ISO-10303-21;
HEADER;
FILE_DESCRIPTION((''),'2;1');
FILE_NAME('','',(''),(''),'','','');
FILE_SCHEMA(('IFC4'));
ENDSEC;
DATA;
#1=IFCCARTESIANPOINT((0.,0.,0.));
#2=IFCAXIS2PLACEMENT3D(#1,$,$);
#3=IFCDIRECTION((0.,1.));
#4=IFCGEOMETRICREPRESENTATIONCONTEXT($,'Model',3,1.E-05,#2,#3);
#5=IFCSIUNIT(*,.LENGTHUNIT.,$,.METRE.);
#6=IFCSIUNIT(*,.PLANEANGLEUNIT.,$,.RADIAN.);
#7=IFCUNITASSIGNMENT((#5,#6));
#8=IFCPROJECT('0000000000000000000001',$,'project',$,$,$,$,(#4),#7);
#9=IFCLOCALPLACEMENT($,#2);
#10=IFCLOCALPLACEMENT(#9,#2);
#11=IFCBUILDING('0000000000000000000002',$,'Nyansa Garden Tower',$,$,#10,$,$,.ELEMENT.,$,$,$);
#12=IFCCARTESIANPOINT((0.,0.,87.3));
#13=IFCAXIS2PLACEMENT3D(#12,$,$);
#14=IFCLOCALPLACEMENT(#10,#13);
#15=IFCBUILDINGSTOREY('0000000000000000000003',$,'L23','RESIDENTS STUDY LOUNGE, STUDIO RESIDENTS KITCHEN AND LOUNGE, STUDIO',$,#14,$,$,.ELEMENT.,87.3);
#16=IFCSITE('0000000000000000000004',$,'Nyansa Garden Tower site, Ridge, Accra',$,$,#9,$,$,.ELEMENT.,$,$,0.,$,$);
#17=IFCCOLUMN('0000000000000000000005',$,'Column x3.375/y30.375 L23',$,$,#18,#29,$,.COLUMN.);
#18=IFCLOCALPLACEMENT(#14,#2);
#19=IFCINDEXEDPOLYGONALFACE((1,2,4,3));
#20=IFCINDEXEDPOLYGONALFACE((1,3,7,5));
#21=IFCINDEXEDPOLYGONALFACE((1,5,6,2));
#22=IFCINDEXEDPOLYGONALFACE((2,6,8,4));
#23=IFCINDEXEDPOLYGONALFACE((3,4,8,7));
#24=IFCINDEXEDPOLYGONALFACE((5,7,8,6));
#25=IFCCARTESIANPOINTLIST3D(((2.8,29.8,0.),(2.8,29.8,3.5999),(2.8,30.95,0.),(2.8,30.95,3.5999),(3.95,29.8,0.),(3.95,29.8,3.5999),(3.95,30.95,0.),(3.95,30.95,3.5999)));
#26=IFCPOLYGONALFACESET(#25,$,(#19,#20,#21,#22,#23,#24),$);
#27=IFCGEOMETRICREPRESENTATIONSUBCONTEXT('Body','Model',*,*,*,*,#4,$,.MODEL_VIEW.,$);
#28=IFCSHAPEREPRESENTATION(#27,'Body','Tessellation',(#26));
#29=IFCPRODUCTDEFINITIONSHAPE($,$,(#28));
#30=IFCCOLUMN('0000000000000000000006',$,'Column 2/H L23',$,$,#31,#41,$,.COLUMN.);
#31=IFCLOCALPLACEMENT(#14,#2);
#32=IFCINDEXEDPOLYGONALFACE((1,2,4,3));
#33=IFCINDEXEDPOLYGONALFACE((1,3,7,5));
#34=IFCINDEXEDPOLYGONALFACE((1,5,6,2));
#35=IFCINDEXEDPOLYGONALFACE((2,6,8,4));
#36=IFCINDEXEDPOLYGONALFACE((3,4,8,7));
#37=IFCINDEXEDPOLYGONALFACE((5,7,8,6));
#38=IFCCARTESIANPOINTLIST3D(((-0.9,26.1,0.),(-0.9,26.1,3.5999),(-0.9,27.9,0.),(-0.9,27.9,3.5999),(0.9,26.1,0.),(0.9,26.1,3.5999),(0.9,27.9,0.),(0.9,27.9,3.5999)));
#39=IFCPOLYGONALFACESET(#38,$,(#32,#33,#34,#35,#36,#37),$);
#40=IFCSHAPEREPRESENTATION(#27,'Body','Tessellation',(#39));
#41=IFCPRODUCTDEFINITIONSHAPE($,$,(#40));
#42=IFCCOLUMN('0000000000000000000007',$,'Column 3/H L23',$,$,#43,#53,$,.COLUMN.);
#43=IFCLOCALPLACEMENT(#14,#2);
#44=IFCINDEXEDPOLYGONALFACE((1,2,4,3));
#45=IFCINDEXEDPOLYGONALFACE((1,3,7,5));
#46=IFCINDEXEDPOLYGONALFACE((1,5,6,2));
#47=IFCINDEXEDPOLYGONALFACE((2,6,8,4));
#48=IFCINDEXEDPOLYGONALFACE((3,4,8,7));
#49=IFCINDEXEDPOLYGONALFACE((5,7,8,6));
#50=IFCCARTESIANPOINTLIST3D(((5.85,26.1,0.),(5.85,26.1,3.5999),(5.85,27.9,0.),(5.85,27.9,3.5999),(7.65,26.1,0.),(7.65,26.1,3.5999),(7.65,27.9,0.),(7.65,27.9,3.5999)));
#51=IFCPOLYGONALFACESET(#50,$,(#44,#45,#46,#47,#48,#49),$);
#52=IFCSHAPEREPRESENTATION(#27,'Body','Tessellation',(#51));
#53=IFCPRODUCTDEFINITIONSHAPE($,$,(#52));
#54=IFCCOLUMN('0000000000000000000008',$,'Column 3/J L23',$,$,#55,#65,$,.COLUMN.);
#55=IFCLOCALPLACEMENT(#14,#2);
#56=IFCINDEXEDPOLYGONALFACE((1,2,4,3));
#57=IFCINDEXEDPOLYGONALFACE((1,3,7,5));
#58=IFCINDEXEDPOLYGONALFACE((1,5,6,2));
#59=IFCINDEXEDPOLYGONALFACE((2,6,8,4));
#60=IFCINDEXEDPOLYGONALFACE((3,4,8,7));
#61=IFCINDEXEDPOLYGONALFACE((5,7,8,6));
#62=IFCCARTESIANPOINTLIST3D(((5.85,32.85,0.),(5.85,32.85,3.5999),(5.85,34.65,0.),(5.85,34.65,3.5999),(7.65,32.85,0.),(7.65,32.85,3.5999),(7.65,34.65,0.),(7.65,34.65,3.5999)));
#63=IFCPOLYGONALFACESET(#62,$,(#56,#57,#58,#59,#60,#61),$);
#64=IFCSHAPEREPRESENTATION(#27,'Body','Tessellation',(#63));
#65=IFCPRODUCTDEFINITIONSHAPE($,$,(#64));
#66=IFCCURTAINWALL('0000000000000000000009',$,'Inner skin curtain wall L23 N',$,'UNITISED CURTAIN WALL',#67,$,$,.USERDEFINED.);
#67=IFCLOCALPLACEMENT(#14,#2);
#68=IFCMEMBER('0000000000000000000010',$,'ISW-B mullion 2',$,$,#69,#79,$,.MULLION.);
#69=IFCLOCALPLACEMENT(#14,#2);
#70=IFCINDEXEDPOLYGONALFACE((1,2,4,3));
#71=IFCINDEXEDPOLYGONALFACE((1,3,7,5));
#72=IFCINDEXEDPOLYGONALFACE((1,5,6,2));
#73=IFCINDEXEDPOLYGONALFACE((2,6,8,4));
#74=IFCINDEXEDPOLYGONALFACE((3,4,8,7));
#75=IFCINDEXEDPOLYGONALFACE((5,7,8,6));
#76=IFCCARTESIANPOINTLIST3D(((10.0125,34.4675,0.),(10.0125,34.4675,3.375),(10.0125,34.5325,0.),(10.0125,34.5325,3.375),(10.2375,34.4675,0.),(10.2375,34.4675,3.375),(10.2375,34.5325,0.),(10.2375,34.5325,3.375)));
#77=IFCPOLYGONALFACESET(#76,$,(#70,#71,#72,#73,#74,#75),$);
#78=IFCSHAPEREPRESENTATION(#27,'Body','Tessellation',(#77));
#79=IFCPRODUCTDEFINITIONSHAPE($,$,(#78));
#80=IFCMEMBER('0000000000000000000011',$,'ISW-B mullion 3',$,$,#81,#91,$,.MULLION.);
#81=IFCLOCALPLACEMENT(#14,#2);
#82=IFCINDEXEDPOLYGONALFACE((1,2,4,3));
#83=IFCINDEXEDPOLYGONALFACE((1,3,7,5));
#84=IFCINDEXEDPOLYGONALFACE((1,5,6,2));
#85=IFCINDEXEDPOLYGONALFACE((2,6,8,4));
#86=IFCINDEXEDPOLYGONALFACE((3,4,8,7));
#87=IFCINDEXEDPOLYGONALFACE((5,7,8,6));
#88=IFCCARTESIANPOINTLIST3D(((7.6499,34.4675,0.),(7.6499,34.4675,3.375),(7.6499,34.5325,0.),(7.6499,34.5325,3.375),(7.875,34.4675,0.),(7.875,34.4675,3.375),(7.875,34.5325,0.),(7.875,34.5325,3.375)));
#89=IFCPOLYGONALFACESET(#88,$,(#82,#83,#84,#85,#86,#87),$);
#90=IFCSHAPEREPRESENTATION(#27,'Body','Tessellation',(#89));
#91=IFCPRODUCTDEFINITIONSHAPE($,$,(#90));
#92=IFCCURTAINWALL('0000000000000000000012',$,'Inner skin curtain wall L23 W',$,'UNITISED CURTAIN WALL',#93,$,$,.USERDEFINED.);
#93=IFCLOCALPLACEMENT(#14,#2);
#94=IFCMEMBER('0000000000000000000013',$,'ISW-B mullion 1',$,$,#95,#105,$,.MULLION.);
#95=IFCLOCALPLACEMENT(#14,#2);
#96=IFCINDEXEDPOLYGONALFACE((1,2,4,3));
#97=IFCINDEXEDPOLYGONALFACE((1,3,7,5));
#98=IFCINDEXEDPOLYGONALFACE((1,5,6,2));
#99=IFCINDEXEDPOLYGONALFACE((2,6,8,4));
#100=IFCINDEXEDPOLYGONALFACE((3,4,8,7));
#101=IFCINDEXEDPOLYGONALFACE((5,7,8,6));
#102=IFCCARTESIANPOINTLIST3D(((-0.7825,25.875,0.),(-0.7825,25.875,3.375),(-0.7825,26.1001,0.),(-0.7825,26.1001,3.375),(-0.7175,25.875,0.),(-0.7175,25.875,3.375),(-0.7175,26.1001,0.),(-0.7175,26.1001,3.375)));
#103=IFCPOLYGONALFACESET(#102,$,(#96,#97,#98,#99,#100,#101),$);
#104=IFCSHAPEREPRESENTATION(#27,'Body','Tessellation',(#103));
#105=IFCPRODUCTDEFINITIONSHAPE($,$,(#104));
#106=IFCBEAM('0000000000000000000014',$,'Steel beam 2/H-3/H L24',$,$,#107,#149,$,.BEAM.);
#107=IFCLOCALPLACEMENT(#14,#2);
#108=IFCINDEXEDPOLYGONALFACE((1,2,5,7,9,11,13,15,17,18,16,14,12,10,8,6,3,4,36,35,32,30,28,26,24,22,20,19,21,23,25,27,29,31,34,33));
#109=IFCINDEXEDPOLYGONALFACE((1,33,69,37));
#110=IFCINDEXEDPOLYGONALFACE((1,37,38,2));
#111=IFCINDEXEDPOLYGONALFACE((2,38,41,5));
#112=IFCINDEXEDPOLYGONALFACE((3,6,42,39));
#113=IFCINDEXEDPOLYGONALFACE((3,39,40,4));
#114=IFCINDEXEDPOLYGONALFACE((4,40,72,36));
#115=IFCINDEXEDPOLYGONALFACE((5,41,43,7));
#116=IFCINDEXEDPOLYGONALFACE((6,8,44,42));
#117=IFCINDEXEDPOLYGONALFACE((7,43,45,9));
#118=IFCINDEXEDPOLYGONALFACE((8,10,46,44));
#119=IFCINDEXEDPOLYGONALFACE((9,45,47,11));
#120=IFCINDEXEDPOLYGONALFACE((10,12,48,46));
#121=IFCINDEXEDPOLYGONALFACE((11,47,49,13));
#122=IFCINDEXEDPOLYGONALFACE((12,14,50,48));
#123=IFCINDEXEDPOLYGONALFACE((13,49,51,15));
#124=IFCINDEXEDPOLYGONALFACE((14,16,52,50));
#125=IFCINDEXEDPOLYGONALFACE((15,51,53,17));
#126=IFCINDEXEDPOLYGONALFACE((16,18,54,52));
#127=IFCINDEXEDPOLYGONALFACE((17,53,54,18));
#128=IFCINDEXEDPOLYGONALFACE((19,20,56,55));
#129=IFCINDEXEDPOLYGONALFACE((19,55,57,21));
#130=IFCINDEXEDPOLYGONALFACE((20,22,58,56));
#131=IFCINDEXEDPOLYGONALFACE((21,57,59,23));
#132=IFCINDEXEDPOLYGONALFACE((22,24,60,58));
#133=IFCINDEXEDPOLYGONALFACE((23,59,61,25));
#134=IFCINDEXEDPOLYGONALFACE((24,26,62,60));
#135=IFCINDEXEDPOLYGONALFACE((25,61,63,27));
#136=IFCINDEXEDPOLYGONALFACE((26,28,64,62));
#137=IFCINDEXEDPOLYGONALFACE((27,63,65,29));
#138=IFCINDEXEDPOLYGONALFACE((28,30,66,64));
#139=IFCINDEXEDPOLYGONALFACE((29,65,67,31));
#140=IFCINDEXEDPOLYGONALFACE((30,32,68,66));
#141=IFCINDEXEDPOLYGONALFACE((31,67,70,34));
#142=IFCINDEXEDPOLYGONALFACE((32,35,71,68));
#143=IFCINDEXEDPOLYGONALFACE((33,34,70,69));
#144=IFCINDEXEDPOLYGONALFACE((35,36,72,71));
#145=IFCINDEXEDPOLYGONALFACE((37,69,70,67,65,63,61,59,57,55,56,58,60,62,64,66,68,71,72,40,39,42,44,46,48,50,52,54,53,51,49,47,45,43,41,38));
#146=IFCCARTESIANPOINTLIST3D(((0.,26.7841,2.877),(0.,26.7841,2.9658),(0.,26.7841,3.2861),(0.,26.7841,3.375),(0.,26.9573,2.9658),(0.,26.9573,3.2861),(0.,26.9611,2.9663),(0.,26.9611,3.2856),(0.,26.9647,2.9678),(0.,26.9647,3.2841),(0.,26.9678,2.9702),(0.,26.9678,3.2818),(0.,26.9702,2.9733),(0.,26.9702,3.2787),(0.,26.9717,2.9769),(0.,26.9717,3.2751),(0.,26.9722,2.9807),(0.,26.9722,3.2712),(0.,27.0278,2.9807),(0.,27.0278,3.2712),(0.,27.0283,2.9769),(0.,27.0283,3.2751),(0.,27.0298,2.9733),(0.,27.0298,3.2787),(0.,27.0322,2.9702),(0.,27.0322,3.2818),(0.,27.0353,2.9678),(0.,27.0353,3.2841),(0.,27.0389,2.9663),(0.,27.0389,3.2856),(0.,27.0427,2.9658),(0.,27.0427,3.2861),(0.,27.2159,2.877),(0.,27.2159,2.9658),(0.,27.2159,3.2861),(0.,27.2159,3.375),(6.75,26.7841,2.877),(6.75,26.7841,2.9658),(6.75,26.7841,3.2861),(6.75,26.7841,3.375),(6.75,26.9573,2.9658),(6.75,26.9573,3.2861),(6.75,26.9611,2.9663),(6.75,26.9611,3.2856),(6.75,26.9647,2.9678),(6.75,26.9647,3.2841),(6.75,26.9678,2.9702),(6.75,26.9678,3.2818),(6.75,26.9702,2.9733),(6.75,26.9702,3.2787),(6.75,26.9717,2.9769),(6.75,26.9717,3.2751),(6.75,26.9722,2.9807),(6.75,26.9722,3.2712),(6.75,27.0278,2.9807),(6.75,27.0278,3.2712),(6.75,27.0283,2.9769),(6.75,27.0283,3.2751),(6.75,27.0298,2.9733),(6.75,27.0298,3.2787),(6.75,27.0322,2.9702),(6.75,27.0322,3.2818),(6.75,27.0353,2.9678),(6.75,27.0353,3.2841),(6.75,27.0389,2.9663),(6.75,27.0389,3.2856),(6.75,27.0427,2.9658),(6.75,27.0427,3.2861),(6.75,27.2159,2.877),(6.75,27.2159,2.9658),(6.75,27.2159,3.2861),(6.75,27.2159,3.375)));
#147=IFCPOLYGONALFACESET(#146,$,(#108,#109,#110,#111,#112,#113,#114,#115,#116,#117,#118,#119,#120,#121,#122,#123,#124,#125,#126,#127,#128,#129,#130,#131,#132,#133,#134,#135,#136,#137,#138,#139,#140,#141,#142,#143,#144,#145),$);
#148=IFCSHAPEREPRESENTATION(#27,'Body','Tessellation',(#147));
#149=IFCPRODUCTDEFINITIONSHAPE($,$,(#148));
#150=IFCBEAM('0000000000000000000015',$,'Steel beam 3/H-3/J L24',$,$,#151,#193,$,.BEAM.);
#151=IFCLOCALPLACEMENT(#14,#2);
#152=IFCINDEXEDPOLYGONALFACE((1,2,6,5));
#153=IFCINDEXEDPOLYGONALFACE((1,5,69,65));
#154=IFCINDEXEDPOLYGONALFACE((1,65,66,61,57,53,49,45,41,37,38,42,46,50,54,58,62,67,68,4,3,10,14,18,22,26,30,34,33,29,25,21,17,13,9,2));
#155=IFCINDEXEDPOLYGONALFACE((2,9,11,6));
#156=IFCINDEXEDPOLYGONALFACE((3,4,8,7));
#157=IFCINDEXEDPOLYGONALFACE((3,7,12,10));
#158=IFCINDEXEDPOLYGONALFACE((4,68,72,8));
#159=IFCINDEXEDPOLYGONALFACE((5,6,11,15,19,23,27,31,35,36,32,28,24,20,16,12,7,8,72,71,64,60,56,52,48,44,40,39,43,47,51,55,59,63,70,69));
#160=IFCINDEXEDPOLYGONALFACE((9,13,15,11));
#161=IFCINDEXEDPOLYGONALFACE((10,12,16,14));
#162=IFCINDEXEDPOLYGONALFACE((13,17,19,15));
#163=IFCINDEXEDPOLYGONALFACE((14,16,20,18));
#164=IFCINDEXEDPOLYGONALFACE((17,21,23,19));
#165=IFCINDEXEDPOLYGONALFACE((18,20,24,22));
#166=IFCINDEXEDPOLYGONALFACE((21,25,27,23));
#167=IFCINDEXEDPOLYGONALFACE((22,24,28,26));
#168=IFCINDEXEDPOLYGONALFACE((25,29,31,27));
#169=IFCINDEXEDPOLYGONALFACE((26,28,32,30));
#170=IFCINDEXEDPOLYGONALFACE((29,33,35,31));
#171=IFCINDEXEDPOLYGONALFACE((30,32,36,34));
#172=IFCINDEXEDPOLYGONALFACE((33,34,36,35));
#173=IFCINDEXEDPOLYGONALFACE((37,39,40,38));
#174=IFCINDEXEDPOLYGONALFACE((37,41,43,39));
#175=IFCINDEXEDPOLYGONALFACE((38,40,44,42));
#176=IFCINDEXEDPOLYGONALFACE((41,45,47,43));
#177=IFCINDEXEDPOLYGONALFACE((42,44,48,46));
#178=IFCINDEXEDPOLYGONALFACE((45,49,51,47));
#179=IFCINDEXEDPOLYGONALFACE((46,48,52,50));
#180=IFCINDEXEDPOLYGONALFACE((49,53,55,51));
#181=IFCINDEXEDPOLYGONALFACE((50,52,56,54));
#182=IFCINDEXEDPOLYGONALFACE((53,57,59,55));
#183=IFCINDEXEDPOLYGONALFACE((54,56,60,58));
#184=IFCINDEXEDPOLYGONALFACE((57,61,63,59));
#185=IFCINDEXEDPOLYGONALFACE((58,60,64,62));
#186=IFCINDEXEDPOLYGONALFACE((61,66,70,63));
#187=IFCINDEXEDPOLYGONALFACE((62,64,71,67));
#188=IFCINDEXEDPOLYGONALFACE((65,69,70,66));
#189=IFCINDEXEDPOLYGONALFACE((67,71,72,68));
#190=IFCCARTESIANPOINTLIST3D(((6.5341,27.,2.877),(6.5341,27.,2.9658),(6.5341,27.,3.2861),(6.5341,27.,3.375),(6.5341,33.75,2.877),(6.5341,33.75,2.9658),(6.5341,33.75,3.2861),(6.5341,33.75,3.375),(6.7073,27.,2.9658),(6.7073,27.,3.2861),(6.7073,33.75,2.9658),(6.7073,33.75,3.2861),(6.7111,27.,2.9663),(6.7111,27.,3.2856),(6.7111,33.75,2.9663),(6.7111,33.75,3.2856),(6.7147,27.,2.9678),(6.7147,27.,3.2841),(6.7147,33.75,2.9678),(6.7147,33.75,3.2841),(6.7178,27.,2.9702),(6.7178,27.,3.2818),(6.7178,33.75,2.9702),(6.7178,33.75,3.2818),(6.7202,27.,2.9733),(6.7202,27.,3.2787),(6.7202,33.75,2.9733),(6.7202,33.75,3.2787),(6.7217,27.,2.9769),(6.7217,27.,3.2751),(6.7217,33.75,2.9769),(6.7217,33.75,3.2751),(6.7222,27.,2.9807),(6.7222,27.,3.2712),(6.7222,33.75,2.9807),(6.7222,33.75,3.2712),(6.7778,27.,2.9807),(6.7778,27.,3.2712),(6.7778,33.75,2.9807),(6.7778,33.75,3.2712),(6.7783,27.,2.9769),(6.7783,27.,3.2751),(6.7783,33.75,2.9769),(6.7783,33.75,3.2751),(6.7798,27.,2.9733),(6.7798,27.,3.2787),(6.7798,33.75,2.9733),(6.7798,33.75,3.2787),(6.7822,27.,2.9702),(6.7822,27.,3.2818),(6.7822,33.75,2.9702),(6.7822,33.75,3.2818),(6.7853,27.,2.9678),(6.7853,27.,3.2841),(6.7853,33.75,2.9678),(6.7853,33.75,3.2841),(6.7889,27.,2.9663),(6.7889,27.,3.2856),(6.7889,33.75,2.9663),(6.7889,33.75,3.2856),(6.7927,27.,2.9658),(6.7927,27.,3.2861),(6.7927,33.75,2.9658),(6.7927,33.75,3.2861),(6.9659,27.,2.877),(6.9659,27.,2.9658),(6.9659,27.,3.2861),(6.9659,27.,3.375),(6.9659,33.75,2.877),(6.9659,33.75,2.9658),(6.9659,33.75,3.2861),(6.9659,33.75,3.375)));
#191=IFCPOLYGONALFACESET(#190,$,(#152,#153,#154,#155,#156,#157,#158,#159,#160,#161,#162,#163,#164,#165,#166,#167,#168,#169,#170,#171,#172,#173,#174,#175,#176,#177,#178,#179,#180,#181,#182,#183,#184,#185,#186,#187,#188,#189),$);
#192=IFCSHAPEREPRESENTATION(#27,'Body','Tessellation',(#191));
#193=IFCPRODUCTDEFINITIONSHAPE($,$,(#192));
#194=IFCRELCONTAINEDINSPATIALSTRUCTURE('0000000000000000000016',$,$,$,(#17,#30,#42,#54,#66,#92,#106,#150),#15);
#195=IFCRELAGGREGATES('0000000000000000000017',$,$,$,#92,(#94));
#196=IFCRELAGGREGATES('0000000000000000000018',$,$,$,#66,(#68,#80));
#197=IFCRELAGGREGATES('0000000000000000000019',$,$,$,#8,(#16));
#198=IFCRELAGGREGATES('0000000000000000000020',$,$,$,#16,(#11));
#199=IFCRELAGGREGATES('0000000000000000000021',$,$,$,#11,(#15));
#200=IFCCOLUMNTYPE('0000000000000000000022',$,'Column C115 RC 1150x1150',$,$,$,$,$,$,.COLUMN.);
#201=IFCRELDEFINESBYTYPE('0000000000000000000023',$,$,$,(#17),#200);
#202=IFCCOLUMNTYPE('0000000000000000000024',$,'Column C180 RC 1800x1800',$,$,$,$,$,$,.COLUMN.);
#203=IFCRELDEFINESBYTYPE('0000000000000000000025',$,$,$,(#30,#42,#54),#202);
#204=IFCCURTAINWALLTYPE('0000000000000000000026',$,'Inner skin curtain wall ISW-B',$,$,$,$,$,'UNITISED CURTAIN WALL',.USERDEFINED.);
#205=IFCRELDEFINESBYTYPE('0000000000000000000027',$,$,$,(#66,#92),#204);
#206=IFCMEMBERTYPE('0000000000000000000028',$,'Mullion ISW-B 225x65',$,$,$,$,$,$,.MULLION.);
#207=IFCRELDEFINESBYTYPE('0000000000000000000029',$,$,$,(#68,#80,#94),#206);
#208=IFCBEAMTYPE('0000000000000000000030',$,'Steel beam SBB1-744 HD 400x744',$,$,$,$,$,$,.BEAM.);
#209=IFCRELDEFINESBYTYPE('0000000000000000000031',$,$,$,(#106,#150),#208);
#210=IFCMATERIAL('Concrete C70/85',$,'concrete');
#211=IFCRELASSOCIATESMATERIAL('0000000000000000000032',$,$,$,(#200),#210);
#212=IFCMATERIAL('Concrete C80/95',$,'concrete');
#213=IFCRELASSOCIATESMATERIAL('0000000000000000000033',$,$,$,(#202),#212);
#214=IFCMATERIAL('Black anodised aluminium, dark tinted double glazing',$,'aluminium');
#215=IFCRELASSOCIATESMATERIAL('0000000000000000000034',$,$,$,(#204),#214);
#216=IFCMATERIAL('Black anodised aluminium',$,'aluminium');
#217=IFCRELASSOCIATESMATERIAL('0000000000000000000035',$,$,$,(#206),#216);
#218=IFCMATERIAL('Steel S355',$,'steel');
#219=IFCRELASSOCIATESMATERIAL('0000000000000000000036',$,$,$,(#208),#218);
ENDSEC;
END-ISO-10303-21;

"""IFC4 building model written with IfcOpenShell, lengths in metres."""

from ifc_helpers import new_model, si_unit, direction, frame, origin, origin_2d, place, context, subcontext, project, spatial, rectangle, i_section, extrude, material, material_profile, profile_set, type_object, element, aggregate, save


model = new_model("IFC4")

# Units and contexts
model_context = context("Model", 3, precision=1e-05, world=origin(), true_north=direction((0.0, 1.0)))
body_context = subcontext(model_context, "Body", "Model", "MODEL_VIEW")
ifc_project = project(units=[si_unit("LENGTHUNIT", "METRE"), si_unit("PLANEANGLEUNIT", "RADIAN")], contexts=[model_context])

# Site, building, storey
site_placement = place(None, origin())
site = spatial("IfcSite", under=ifc_project, at=site_placement, Name="Nyansa Garden Tower site, Ridge, Accra", CompositionType="ELEMENT", RefElevation=0.0)
building_placement = place(site_placement, origin())
building = spatial("IfcBuilding", under=site, at=building_placement, Name="Nyansa Garden Tower", CompositionType="ELEMENT")
storey_placement = place(building_placement, frame((0.0, 0.0, 87.3)))
storey = spatial("IfcBuildingStorey", under=building, at=storey_placement, Name="L23", Description="RESIDENTS STUDY LOUNGE, STUDIO RESIDENTS KITCHEN AND LOUNGE, STUDIO", CompositionType="ELEMENT", Elevation=87.3)

# Columns
ifc_material_1 = material(Name="Concrete C70/85", Category="concrete")
ifc_material_profile_1 = material_profile(ifc_material_1, rectangle(XDim=1.1499, YDim=1.1499, at=origin_2d()), Name="RC 1150x1150")
ifc_profile_set_1 = profile_set([ifc_material_profile_1], Name="Concrete C70/85")
column_type_1 = type_object("IfcColumnType", Name="Column C115 RC 1150x1150", PredefinedType="COLUMN", material=ifc_profile_set_1)
column_placement = place(storey_placement, frame((3.375, 30.375, 0.0), z_axis=(0.0, 0.0, 1.0), x_axis=(1.0, 0.0, 0.0)))
element("IfcColumn", 1, at=column_placement, inside=storey, type_object=column_type_1, Name="Column x3.375/y30.375 L23", PredefinedType="COLUMN", context=body_context, shape_type="SweptSolid", body=[
    extrude(rectangle(XDim=1.1499, YDim=1.1499, at=origin_2d()), origin(), (0.0, 0.0, 1.0), 3.5999),
])
ifc_material_2 = material(Name="Concrete C80/95", Category="concrete")
ifc_material_profile_2 = material_profile(ifc_material_2, rectangle(XDim=1.8, YDim=1.8, at=origin_2d()), Name="RC 1800x1800")
ifc_profile_set_2 = profile_set([ifc_material_profile_2], Name="Concrete C80/95")
column_type_2 = type_object("IfcColumnType", Name="Column C180 RC 1800x1800", PredefinedType="COLUMN", material=ifc_profile_set_2)
for number, where, z_axis, x_axis, name in (
    (2, (0.0, 27.0, 0.0), (0.0, 0.0, 1.0), (1.0, 0.0, 0.0), "Column 2/H L23"),
    (3, (6.75, 27.0, 0.0), (0.0, 0.0, 1.0), (1.0, 0.0, 0.0), "Column 3/H L23"),
    (4, (6.75, 33.75, 0.0), (0.0, 0.0, 1.0), (1.0, 0.0, 0.0), "Column 3/J L23"),
):
    element("IfcColumn", number, at=place(storey_placement, frame(where, z_axis=z_axis, x_axis=x_axis)), inside=storey, type_object=column_type_2, Name=name, PredefinedType="COLUMN", context=body_context, shape_type="SweptSolid", body=[
        extrude(rectangle(XDim=1.8, YDim=1.8, at=origin_2d()), origin(), (0.0, 0.0, 1.0), 3.5999),
    ])

# Curtain wall, members
ifc_material_3 = material(Name="Black anodised aluminium, dark tinted double glazing", Category="aluminium")
curtain_wall_type = type_object("IfcCurtainWallType", Name="Inner skin curtain wall ISW-B", ElementType="UNITISED CURTAIN WALL", PredefinedType="USERDEFINED", material=ifc_material_3)
curtain_wall_1_placement = place(storey_placement, origin())
curtain_wall_1 = element("IfcCurtainWall", 5, at=curtain_wall_1_placement, inside=storey, type_object=curtain_wall_type, Name="Inner skin curtain wall L23 N", ObjectType="UNITISED CURTAIN WALL", PredefinedType="USERDEFINED")
ifc_material_4 = material(Name="Black anodised aluminium", Category="aluminium")
ifc_material_profile_3 = material_profile(ifc_material_4, rectangle(XDim=0.0649, YDim=0.2251, at=origin_2d()), Name="Mullion 225x65")
ifc_profile_set_3 = profile_set([ifc_material_profile_3], Name="Black anodised aluminium")
member_type_1 = type_object("IfcMemberType", Name="Mullion ISW-B 225x65", PredefinedType="MULLION", material=ifc_profile_set_3)
member_1_placement = place(storey_placement, frame((10.125, 34.5, 0.0), z_axis=(0.0, 0.0, 1.0), x_axis=(0.0, -1.0, 0.0)))
member_1 = element("IfcMember", 6, at=member_1_placement, type_object=member_type_1, Name="ISW-B mullion 2", PredefinedType="MULLION", context=body_context, shape_type="SweptSolid", body=[
    extrude(rectangle(XDim=0.0649, YDim=0.2251, at=origin_2d()), origin(), (0.0, 0.0, 1.0), 3.375),
])
member_2_placement = place(storey_placement, frame((7.7625, 34.5, 0.0), z_axis=(0.0, 0.0, 1.0), x_axis=(0.0, -1.0, 0.0)))
member_2 = element("IfcMember", 7, at=member_2_placement, type_object=member_type_1, Name="ISW-B mullion 3", PredefinedType="MULLION", context=body_context, shape_type="SweptSolid", body=[
    extrude(rectangle(XDim=0.0649, YDim=0.2251, at=origin_2d()), origin(), (0.0, 0.0, 1.0), 3.375),
])

# Curtain wall, member
curtain_wall_2_placement = place(storey_placement, origin())
curtain_wall_2 = element("IfcCurtainWall", 8, at=curtain_wall_2_placement, inside=storey, type_object=curtain_wall_type, Name="Inner skin curtain wall L23 W", ObjectType="UNITISED CURTAIN WALL", PredefinedType="USERDEFINED")
member_3_placement = place(storey_placement, frame((-0.75, 25.9875, 0.0), z_axis=(0.0, 0.0, 1.0), x_axis=(1.0, 0.0, 0.0)))
member_3 = element("IfcMember", 9, at=member_3_placement, type_object=member_type_1, Name="ISW-B mullion 1", PredefinedType="MULLION", context=body_context, shape_type="SweptSolid", body=[
    extrude(rectangle(XDim=0.0649, YDim=0.2251, at=origin_2d()), origin(), (0.0, 0.0, 1.0), 3.375),
])
aggregate(curtain_wall_2, [member_3])

# Beams
ifc_material_5 = material(Name="Steel S355", Category="steel")
ifc_material_profile_4 = material_profile(ifc_material_5, i_section(OverallWidth=0.4319, OverallDepth=0.498, WebThickness=0.0557, FlangeThickness=0.0889, FilletRadius=0.0149, at=origin_2d()), Name="HD 400x744")
ifc_profile_set_4 = profile_set([ifc_material_profile_4], Name="Steel S355")
beam_type_1 = type_object("IfcBeamType", Name="Steel beam SBB1-744 HD 400x744", PredefinedType="BEAM", material=ifc_profile_set_4)
for number, where, z_axis, x_axis, name in (
    (10, (0.0, 27.0, 3.126), (1.0, 0.0, 0.0), (0.0, 1.0, 0.0), "Steel beam 2/H-3/H L24"),
    (11, (6.75, 27.0, 3.126), (0.0, 1.0, 0.0), (-1.0, 0.0, 0.0), "Steel beam 3/H-3/J L24"),
):
    element("IfcBeam", number, at=place(storey_placement, frame(where, z_axis=z_axis, x_axis=x_axis)), inside=storey, type_object=beam_type_1, Name=name, PredefinedType="BEAM", context=body_context, shape_type="SweptSolid", body=[
        extrude(i_section(OverallWidth=0.4319, OverallDepth=0.498, WebThickness=0.0557, FlangeThickness=0.0889, FilletRadius=0.0149, at=origin_2d()), origin(), (0.0, 0.0, 1.0), 6.75),
    ])

aggregate(curtain_wall_1, [member_1, member_2])

save(model, "model.ifc")
